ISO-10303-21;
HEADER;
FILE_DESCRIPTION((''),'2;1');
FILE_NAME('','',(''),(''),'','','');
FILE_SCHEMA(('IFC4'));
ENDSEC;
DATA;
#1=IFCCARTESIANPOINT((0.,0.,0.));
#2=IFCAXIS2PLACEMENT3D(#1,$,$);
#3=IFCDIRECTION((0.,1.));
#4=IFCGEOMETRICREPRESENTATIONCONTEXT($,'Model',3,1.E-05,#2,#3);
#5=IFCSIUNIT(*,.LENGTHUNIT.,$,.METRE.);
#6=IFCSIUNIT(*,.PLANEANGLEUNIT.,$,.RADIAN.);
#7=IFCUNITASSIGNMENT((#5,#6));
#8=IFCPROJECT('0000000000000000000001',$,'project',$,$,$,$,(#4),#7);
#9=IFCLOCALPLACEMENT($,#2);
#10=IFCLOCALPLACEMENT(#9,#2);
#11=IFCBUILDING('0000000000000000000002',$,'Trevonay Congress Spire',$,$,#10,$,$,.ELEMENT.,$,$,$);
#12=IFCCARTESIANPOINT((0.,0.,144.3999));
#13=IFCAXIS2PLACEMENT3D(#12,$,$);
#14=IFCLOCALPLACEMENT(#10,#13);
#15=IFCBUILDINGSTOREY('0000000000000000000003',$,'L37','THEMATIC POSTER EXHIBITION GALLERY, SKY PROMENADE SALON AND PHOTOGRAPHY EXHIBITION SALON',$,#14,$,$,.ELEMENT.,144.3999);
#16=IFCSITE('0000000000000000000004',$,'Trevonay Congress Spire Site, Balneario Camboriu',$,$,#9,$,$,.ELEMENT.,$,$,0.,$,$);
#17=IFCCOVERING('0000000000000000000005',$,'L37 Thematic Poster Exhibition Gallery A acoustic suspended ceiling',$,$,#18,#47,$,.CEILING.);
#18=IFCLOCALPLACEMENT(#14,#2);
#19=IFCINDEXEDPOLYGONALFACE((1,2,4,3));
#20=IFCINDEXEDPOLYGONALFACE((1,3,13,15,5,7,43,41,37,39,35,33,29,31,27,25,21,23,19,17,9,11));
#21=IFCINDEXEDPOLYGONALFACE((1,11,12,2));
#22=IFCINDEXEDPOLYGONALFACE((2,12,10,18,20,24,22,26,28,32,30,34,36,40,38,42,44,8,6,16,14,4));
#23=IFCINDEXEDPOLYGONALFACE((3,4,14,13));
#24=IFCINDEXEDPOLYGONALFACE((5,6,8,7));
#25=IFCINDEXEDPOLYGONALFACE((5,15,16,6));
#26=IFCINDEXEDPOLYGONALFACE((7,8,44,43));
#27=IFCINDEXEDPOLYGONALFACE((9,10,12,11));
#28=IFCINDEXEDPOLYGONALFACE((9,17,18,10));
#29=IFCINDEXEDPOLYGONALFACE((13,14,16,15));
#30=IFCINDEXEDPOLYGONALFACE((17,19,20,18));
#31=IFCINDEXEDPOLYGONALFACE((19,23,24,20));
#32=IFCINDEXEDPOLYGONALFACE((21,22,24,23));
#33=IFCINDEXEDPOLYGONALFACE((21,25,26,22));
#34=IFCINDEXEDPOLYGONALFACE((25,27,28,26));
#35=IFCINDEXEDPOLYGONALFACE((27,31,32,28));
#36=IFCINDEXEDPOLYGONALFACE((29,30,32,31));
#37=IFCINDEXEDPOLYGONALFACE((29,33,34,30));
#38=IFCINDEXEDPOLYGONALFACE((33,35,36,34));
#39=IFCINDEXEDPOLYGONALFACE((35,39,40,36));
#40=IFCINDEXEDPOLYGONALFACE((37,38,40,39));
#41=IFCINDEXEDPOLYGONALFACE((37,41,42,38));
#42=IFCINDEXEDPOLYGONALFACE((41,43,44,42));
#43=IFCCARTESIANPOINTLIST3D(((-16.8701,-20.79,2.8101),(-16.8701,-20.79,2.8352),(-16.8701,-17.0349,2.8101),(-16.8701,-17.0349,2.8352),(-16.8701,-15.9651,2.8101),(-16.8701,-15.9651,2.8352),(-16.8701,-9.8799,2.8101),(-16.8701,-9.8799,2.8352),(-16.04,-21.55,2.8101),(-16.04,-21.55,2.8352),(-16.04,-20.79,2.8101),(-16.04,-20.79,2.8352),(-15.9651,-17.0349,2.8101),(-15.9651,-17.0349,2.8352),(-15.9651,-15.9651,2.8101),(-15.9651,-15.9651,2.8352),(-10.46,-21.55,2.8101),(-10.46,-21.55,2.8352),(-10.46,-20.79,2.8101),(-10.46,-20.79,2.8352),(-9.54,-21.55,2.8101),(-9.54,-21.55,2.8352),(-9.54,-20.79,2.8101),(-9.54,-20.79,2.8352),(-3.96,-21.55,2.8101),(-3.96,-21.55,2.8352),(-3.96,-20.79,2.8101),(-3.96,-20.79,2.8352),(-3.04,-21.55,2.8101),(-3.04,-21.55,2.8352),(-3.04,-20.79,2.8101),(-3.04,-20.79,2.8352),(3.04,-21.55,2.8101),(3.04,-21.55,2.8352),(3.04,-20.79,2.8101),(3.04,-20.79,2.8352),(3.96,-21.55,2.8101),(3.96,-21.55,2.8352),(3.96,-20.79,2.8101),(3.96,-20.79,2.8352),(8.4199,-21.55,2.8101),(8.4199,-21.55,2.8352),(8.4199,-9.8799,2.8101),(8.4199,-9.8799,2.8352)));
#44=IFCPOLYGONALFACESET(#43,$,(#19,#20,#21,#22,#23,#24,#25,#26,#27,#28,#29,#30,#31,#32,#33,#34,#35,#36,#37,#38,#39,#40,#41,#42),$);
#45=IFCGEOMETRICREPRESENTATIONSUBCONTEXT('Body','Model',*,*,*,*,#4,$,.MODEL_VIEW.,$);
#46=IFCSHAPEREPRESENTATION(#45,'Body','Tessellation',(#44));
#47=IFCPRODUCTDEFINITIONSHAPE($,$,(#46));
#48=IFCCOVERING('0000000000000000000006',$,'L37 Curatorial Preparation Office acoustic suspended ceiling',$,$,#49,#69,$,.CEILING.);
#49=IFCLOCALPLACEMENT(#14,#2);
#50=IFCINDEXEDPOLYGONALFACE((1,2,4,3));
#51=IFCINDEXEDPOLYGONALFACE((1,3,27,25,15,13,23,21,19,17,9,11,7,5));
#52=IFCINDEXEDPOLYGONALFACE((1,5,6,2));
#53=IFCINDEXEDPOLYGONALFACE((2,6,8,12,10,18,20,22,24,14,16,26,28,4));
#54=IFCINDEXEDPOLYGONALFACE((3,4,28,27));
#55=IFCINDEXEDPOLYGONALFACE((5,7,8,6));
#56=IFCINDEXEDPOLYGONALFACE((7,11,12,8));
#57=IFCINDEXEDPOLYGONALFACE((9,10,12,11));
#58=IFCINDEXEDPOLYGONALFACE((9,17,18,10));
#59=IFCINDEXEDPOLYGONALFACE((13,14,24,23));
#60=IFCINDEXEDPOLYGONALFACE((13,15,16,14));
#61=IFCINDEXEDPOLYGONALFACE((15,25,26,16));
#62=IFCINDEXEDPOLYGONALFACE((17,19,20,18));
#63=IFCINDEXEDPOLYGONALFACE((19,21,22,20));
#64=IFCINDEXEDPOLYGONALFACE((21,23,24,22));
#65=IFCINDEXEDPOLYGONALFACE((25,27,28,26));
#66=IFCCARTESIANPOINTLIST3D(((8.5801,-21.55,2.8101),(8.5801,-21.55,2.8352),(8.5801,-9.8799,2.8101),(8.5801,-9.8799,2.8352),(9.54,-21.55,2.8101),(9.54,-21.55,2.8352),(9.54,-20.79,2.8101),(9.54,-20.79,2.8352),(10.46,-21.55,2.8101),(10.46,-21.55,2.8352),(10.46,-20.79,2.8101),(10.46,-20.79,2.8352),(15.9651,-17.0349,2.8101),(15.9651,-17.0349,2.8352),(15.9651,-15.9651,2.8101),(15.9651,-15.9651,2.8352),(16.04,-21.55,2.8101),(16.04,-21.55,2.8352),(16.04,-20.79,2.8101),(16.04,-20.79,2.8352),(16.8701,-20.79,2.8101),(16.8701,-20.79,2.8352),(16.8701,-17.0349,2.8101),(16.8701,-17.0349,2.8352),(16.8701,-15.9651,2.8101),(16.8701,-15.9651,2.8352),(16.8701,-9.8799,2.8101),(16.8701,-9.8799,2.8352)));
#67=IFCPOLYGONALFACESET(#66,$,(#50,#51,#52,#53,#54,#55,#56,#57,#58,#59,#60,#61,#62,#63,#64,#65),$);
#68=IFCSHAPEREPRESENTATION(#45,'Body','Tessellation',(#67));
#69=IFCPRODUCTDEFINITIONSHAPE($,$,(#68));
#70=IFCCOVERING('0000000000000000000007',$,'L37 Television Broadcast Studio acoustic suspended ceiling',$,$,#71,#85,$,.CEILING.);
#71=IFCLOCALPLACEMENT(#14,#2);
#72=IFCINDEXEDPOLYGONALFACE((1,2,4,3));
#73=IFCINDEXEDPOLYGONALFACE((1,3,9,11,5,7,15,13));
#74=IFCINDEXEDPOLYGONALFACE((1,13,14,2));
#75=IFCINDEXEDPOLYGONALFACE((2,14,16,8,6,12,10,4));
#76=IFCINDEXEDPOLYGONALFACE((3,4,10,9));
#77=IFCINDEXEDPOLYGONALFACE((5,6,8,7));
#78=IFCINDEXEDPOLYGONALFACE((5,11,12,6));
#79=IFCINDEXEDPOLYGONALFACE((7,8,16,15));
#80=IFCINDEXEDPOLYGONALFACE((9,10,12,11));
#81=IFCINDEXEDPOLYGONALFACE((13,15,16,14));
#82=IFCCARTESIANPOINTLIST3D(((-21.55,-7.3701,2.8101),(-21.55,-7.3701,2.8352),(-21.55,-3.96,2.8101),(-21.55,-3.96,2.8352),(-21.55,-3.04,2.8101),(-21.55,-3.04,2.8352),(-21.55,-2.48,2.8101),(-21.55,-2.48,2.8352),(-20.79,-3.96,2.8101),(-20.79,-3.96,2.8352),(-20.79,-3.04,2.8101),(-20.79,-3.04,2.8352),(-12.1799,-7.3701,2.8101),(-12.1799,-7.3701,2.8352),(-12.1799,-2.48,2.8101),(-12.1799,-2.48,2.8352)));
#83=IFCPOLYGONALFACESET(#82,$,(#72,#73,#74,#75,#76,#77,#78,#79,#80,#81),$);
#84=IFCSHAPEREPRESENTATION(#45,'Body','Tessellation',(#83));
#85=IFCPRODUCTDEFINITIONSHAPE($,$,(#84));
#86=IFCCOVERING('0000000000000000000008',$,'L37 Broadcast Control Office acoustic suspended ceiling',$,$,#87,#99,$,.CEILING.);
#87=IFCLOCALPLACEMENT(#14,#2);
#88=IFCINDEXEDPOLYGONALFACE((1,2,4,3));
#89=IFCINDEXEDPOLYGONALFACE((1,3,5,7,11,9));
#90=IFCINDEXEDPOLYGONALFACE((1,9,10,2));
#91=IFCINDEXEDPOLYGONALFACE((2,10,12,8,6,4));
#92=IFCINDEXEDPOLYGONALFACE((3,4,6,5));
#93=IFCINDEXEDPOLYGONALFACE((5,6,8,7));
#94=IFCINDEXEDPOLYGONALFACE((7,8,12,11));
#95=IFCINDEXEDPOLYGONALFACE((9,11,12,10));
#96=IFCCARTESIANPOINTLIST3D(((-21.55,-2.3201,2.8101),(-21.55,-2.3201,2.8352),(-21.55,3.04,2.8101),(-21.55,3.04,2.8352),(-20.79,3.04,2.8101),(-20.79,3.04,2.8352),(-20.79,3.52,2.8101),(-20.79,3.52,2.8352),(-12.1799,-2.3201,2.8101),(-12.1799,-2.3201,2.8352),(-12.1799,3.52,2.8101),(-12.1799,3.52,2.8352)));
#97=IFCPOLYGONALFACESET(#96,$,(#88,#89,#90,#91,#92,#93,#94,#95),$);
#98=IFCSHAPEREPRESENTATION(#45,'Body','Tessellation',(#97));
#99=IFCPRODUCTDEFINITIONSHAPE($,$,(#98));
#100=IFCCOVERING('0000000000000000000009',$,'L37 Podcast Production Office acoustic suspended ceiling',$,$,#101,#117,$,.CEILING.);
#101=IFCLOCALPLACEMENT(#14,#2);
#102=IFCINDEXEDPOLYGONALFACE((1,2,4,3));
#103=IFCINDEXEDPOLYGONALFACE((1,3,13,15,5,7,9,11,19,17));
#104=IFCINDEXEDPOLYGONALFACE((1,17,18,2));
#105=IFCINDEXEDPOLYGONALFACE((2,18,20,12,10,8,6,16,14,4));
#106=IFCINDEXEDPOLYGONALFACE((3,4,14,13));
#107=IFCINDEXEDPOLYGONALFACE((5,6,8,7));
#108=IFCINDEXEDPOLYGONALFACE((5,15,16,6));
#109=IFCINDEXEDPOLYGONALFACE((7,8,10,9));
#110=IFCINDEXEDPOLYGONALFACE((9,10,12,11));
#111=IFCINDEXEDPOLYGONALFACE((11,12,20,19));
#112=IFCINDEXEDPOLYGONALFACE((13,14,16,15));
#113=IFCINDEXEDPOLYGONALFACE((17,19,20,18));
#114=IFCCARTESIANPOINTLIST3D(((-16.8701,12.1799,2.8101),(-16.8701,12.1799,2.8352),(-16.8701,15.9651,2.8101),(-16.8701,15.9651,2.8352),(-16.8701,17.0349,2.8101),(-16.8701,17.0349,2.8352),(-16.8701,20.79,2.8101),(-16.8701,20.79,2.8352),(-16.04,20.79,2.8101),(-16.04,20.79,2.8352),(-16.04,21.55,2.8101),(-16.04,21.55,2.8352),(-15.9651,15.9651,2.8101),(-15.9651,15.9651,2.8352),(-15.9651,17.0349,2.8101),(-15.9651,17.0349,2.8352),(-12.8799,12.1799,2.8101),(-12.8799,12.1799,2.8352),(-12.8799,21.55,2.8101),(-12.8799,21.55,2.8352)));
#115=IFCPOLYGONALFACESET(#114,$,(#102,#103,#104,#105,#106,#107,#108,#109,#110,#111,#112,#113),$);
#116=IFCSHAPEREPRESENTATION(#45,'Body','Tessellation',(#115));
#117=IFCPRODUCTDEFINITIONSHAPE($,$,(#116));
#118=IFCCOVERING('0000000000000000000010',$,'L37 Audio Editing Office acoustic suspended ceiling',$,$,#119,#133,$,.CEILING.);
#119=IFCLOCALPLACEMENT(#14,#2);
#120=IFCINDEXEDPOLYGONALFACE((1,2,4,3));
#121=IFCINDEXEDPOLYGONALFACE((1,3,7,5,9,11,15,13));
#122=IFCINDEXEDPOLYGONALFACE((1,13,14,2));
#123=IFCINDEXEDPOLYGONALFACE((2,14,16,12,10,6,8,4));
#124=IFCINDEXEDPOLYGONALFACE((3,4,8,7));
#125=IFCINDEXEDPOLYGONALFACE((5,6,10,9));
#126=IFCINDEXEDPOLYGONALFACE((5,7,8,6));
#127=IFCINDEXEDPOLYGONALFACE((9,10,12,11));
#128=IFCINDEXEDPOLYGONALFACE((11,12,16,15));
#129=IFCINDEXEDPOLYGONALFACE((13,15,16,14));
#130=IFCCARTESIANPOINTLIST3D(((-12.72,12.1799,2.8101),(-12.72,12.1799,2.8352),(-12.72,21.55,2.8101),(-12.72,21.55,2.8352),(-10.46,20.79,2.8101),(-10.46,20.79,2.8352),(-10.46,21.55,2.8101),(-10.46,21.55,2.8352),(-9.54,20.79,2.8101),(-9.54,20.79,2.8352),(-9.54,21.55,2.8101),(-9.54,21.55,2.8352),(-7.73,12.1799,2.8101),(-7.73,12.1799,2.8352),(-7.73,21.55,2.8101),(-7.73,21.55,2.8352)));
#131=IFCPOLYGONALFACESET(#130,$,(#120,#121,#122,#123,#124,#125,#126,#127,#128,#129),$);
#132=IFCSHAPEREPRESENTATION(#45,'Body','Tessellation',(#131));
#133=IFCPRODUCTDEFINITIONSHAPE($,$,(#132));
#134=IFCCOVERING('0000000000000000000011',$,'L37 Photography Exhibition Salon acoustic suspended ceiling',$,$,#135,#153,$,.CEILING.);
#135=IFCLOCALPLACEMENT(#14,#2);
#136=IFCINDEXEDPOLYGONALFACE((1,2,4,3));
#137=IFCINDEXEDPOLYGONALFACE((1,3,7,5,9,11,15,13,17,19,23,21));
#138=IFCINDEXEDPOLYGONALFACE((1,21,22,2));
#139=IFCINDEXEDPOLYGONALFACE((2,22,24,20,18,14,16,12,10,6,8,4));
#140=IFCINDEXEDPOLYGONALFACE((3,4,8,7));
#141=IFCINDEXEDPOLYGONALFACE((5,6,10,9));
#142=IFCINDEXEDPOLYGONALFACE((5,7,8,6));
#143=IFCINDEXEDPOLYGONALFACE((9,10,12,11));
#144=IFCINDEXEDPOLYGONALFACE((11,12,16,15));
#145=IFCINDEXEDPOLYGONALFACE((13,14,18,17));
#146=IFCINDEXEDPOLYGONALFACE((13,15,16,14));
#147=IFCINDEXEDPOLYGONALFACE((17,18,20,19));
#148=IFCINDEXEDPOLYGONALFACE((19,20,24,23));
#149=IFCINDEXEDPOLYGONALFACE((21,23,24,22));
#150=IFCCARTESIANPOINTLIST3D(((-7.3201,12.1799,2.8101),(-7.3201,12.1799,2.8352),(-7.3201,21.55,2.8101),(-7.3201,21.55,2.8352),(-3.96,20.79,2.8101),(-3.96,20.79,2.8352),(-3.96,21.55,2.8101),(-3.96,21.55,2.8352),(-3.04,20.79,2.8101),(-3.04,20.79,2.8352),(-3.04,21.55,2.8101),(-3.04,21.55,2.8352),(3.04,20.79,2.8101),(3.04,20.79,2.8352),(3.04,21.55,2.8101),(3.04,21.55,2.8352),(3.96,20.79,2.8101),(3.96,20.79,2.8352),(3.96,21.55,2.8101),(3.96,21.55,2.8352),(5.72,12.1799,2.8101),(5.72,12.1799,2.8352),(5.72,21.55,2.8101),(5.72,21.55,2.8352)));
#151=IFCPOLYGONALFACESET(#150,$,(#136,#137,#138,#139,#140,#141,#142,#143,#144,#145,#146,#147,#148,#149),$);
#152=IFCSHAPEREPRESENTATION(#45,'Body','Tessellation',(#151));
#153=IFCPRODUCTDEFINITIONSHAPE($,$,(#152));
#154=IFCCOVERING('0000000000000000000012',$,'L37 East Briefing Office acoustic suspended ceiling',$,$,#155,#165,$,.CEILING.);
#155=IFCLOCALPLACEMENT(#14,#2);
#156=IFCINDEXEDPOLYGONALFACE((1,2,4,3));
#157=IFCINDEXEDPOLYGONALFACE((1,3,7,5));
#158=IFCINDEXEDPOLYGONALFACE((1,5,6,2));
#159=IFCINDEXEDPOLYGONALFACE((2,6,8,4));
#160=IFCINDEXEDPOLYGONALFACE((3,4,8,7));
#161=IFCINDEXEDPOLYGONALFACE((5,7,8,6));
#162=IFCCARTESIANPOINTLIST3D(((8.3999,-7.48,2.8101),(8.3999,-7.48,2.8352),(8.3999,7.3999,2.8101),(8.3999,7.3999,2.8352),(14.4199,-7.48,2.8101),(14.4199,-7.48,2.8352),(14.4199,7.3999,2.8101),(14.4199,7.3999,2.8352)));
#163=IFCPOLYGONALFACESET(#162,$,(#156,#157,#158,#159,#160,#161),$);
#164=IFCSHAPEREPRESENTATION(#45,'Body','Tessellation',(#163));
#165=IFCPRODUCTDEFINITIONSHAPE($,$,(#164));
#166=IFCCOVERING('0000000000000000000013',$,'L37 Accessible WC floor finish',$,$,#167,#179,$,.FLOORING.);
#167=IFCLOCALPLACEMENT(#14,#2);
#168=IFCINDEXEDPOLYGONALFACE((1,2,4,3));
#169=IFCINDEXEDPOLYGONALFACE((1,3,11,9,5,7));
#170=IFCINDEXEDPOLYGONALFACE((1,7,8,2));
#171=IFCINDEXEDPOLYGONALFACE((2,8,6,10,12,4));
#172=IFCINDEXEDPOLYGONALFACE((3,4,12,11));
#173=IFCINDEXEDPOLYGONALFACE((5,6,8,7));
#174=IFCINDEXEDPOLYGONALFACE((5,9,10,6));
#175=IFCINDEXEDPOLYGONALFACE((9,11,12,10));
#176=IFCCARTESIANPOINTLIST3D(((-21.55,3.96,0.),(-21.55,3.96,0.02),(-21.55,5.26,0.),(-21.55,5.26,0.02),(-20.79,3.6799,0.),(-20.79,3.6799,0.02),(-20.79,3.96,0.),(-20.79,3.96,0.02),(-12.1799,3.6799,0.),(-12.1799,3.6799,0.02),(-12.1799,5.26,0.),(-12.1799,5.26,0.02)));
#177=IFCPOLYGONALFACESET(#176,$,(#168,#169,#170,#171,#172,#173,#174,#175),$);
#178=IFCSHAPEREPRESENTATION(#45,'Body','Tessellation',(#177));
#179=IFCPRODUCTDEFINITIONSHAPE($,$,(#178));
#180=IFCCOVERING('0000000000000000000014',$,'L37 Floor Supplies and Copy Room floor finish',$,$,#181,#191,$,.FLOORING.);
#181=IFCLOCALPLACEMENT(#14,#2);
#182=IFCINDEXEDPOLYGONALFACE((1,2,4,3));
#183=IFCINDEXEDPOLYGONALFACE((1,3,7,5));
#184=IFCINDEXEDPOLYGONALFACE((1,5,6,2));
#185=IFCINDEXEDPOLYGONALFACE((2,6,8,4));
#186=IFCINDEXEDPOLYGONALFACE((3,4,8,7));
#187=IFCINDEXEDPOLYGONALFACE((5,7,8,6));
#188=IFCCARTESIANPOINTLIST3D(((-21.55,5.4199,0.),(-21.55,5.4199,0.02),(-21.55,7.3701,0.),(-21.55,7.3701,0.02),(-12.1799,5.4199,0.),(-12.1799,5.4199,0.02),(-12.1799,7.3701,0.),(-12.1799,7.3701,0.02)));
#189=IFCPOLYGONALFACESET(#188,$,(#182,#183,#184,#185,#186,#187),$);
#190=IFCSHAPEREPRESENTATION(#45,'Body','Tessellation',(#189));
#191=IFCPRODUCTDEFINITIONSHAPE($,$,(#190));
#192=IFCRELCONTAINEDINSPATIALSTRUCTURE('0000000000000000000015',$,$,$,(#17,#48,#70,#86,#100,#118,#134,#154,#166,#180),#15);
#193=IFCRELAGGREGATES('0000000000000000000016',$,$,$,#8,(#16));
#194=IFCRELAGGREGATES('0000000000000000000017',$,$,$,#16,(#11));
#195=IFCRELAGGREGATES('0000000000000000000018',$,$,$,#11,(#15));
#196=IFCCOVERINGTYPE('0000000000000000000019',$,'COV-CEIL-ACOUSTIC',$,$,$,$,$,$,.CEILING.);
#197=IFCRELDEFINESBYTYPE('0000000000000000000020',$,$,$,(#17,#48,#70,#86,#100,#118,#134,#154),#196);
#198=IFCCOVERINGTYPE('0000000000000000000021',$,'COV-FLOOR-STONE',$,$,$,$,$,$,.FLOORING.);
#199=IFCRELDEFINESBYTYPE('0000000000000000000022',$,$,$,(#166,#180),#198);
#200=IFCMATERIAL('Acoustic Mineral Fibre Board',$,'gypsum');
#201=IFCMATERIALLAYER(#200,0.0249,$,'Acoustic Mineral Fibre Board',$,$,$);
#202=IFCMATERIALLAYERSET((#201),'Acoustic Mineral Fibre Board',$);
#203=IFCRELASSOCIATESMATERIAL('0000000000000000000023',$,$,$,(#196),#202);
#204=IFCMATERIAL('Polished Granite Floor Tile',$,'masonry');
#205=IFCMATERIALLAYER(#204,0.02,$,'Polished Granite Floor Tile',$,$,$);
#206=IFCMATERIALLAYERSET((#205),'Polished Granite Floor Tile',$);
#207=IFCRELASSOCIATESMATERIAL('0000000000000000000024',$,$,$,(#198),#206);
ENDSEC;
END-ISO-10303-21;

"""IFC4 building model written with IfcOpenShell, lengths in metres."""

from ifc_helpers import new_model, si_unit, direction, frame, origin, place, context, subcontext, project, spatial, polyline, outline, extrude, material, layer, layer_set, type_object, element, save


model = new_model("IFC4")

# Units and contexts
model_context = context("Model", 3, precision=1e-05, world=origin(), true_north=direction((0.0, 1.0)))
body_context = subcontext(model_context, "Body", "Model", "MODEL_VIEW")
ifc_project = project(units=[si_unit("LENGTHUNIT", "METRE"), si_unit("PLANEANGLEUNIT", "RADIAN")], contexts=[model_context])

# Site, building, storey
site_placement = place(None, origin())
site = spatial("IfcSite", under=ifc_project, at=site_placement, Name="Trevonay Congress Spire Site, Balneario Camboriu", CompositionType="ELEMENT", RefElevation=0.0)
building_placement = place(site_placement, origin())
building = spatial("IfcBuilding", under=site, at=building_placement, Name="Trevonay Congress Spire", CompositionType="ELEMENT")
storey_placement = place(building_placement, frame((0.0, 0.0, 144.3999)))
storey = spatial("IfcBuildingStorey", under=building, at=storey_placement, Name="L37", Description="THEMATIC POSTER EXHIBITION GALLERY, SKY PROMENADE SALON AND PHOTOGRAPHY EXHIBITION SALON", CompositionType="ELEMENT", Elevation=144.3999)

# Coverings
ifc_material_1 = material(Name="Acoustic Mineral Fibre Board", Category="gypsum")
ifc_layer_1 = layer(ifc_material_1, 0.0249, Name="Acoustic Mineral Fibre Board")
ifc_layer_set_1 = layer_set([ifc_layer_1], Name="Acoustic Mineral Fibre Board")
covering_type_1 = type_object("IfcCoveringType", Name="COV-CEIL-ACOUSTIC", PredefinedType="CEILING", material=ifc_layer_set_1)
covering_1_placement = place(storey_placement, frame((0.0, 0.0, 2.8101)))
element("IfcCovering", 1, at=covering_1_placement, inside=storey, type_object=covering_type_1, Name="L37 Thematic Poster Exhibition Gallery A acoustic suspended ceiling", PredefinedType="CEILING", context=body_context, shape_type="SweptSolid", body=[
    extrude(outline(polyline([(-16.04, -21.55), (-16.04, -20.79), (-16.8701, -20.79), (-16.8701, -17.0349), (-15.9651, -17.0349), (-15.9651, -15.9651), (-16.8701, -15.9651), (-16.8701, -9.8799), (8.4199, -9.8799), (8.4199, -21.55), (3.96, -21.55), (3.96, -20.79), (3.04, -20.79), (3.04, -21.55), (-3.04, -21.55), (-3.04, -20.79), (-3.96, -20.79), (-3.96, -21.55), (-9.54, -21.55), (-9.54, -20.79), (-10.46, -20.79), (-10.46, -21.55), (-16.04, -21.55)])), origin(), (0.0, 0.0, 1.0), 0.0251),
])
covering_2_placement = place(storey_placement, frame((0.0, 0.0, 2.8101)))
element("IfcCovering", 2, at=covering_2_placement, inside=storey, type_object=covering_type_1, Name="L37 Curatorial Preparation Office acoustic suspended ceiling", PredefinedType="CEILING", context=body_context, shape_type="SweptSolid", body=[
    extrude(outline(polyline([(8.5801, -21.55), (8.5801, -9.8799), (16.8701, -9.8799), (16.8701, -15.9651), (15.9651, -15.9651), (15.9651, -17.0349), (16.8701, -17.0349), (16.8701, -20.79), (16.04, -20.79), (16.04, -21.55), (10.46, -21.55), (10.46, -20.79), (9.54, -20.79), (9.54, -21.55), (8.5801, -21.55)])), origin(), (0.0, 0.0, 1.0), 0.0251),
])
covering_3_placement = place(storey_placement, frame((0.0, 0.0, 2.8101)))
element("IfcCovering", 3, at=covering_3_placement, inside=storey, type_object=covering_type_1, Name="L37 Television Broadcast Studio acoustic suspended ceiling", PredefinedType="CEILING", context=body_context, shape_type="SweptSolid", body=[
    extrude(outline(polyline([(-21.55, -2.48), (-12.1799, -2.48), (-12.1799, -7.3701), (-21.55, -7.3701), (-21.55, -3.96), (-20.79, -3.96), (-20.79, -3.04), (-21.55, -3.04), (-21.55, -2.48)])), origin(), (0.0, 0.0, 1.0), 0.0251),
])
covering_4_placement = place(storey_placement, frame((0.0, 0.0, 2.8101)))
element("IfcCovering", 4, at=covering_4_placement, inside=storey, type_object=covering_type_1, Name="L37 Broadcast Control Office acoustic suspended ceiling", PredefinedType="CEILING", context=body_context, shape_type="SweptSolid", body=[
    extrude(outline(polyline([(-12.1799, 3.52), (-12.1799, -2.3201), (-21.55, -2.3201), (-21.55, 3.04), (-20.79, 3.04), (-20.79, 3.52), (-12.1799, 3.52)])), origin(), (0.0, 0.0, 1.0), 0.0251),
])
covering_5_placement = place(storey_placement, frame((0.0, 0.0, 2.8101)))
element("IfcCovering", 5, at=covering_5_placement, inside=storey, type_object=covering_type_1, Name="L37 Podcast Production Office acoustic suspended ceiling", PredefinedType="CEILING", context=body_context, shape_type="SweptSolid", body=[
    extrude(outline(polyline([(-12.8799, 21.55), (-12.8799, 12.1799), (-16.8701, 12.1799), (-16.8701, 15.9651), (-15.9651, 15.9651), (-15.9651, 17.0349), (-16.8701, 17.0349), (-16.8701, 20.79), (-16.04, 20.79), (-16.04, 21.55), (-12.8799, 21.55)])), origin(), (0.0, 0.0, 1.0), 0.0251),
])
covering_6_placement = place(storey_placement, frame((0.0, 0.0, 2.8101)))
element("IfcCovering", 6, at=covering_6_placement, inside=storey, type_object=covering_type_1, Name="L37 Audio Editing Office acoustic suspended ceiling", PredefinedType="CEILING", context=body_context, shape_type="SweptSolid", body=[
    extrude(outline(polyline([(-7.73, 21.55), (-7.73, 12.1799), (-12.72, 12.1799), (-12.72, 21.55), (-10.46, 21.55), (-10.46, 20.79), (-9.54, 20.79), (-9.54, 21.55), (-7.73, 21.55)])), origin(), (0.0, 0.0, 1.0), 0.0251),
])
covering_7_placement = place(storey_placement, frame((0.0, 0.0, 2.8101)))
element("IfcCovering", 7, at=covering_7_placement, inside=storey, type_object=covering_type_1, Name="L37 Photography Exhibition Salon acoustic suspended ceiling", PredefinedType="CEILING", context=body_context, shape_type="SweptSolid", body=[
    extrude(outline(polyline([(5.72, 21.55), (5.72, 12.1799), (-7.3201, 12.1799), (-7.3201, 21.55), (-3.96, 21.55), (-3.96, 20.79), (-3.04, 20.79), (-3.04, 21.55), (3.04, 21.55), (3.04, 20.79), (3.96, 20.79), (3.96, 21.55), (5.72, 21.55)])), origin(), (0.0, 0.0, 1.0), 0.0251),
])
covering_8_placement = place(storey_placement, frame((0.0, 0.0, 2.8101)))
element("IfcCovering", 8, at=covering_8_placement, inside=storey, type_object=covering_type_1, Name="L37 East Briefing Office acoustic suspended ceiling", PredefinedType="CEILING", context=body_context, shape_type="SweptSolid", body=[
    extrude(outline(polyline([(8.3999, -7.48), (14.4199, -7.48), (14.4199, 7.3999), (8.3999, 7.3999), (8.3999, -7.48)])), origin(), (0.0, 0.0, 1.0), 0.0251),
])
ifc_material_2 = material(Name="Polished Granite Floor Tile", Category="masonry")
ifc_layer_2 = layer(ifc_material_2, 0.02, Name="Polished Granite Floor Tile")
ifc_layer_set_2 = layer_set([ifc_layer_2], Name="Polished Granite Floor Tile")
covering_type_2 = type_object("IfcCoveringType", Name="COV-FLOOR-STONE", PredefinedType="FLOORING", material=ifc_layer_set_2)
covering_9_placement = place(storey_placement, origin())
element("IfcCovering", 9, at=covering_9_placement, inside=storey, type_object=covering_type_2, Name="L37 Accessible WC floor finish", PredefinedType="FLOORING", context=body_context, shape_type="SweptSolid", body=[
    extrude(outline(polyline([(-21.55, 5.26), (-12.1799, 5.26), (-12.1799, 3.6799), (-20.79, 3.6799), (-20.79, 3.96), (-21.55, 3.96), (-21.55, 5.26)])), origin(), (0.0, 0.0, 1.0), 0.02),
])
covering_10_placement = place(storey_placement, origin())
element("IfcCovering", 10, at=covering_10_placement, inside=storey, type_object=covering_type_2, Name="L37 Floor Supplies and Copy Room floor finish", PredefinedType="FLOORING", context=body_context, shape_type="SweptSolid", body=[
    extrude(outline(polyline([(-21.55, 5.4199), (-12.1799, 5.4199), (-12.1799, 7.3701), (-21.55, 7.3701), (-21.55, 5.4199)])), origin(), (0.0, 0.0, 1.0), 0.02),
])

save(model, "model.ifc")
